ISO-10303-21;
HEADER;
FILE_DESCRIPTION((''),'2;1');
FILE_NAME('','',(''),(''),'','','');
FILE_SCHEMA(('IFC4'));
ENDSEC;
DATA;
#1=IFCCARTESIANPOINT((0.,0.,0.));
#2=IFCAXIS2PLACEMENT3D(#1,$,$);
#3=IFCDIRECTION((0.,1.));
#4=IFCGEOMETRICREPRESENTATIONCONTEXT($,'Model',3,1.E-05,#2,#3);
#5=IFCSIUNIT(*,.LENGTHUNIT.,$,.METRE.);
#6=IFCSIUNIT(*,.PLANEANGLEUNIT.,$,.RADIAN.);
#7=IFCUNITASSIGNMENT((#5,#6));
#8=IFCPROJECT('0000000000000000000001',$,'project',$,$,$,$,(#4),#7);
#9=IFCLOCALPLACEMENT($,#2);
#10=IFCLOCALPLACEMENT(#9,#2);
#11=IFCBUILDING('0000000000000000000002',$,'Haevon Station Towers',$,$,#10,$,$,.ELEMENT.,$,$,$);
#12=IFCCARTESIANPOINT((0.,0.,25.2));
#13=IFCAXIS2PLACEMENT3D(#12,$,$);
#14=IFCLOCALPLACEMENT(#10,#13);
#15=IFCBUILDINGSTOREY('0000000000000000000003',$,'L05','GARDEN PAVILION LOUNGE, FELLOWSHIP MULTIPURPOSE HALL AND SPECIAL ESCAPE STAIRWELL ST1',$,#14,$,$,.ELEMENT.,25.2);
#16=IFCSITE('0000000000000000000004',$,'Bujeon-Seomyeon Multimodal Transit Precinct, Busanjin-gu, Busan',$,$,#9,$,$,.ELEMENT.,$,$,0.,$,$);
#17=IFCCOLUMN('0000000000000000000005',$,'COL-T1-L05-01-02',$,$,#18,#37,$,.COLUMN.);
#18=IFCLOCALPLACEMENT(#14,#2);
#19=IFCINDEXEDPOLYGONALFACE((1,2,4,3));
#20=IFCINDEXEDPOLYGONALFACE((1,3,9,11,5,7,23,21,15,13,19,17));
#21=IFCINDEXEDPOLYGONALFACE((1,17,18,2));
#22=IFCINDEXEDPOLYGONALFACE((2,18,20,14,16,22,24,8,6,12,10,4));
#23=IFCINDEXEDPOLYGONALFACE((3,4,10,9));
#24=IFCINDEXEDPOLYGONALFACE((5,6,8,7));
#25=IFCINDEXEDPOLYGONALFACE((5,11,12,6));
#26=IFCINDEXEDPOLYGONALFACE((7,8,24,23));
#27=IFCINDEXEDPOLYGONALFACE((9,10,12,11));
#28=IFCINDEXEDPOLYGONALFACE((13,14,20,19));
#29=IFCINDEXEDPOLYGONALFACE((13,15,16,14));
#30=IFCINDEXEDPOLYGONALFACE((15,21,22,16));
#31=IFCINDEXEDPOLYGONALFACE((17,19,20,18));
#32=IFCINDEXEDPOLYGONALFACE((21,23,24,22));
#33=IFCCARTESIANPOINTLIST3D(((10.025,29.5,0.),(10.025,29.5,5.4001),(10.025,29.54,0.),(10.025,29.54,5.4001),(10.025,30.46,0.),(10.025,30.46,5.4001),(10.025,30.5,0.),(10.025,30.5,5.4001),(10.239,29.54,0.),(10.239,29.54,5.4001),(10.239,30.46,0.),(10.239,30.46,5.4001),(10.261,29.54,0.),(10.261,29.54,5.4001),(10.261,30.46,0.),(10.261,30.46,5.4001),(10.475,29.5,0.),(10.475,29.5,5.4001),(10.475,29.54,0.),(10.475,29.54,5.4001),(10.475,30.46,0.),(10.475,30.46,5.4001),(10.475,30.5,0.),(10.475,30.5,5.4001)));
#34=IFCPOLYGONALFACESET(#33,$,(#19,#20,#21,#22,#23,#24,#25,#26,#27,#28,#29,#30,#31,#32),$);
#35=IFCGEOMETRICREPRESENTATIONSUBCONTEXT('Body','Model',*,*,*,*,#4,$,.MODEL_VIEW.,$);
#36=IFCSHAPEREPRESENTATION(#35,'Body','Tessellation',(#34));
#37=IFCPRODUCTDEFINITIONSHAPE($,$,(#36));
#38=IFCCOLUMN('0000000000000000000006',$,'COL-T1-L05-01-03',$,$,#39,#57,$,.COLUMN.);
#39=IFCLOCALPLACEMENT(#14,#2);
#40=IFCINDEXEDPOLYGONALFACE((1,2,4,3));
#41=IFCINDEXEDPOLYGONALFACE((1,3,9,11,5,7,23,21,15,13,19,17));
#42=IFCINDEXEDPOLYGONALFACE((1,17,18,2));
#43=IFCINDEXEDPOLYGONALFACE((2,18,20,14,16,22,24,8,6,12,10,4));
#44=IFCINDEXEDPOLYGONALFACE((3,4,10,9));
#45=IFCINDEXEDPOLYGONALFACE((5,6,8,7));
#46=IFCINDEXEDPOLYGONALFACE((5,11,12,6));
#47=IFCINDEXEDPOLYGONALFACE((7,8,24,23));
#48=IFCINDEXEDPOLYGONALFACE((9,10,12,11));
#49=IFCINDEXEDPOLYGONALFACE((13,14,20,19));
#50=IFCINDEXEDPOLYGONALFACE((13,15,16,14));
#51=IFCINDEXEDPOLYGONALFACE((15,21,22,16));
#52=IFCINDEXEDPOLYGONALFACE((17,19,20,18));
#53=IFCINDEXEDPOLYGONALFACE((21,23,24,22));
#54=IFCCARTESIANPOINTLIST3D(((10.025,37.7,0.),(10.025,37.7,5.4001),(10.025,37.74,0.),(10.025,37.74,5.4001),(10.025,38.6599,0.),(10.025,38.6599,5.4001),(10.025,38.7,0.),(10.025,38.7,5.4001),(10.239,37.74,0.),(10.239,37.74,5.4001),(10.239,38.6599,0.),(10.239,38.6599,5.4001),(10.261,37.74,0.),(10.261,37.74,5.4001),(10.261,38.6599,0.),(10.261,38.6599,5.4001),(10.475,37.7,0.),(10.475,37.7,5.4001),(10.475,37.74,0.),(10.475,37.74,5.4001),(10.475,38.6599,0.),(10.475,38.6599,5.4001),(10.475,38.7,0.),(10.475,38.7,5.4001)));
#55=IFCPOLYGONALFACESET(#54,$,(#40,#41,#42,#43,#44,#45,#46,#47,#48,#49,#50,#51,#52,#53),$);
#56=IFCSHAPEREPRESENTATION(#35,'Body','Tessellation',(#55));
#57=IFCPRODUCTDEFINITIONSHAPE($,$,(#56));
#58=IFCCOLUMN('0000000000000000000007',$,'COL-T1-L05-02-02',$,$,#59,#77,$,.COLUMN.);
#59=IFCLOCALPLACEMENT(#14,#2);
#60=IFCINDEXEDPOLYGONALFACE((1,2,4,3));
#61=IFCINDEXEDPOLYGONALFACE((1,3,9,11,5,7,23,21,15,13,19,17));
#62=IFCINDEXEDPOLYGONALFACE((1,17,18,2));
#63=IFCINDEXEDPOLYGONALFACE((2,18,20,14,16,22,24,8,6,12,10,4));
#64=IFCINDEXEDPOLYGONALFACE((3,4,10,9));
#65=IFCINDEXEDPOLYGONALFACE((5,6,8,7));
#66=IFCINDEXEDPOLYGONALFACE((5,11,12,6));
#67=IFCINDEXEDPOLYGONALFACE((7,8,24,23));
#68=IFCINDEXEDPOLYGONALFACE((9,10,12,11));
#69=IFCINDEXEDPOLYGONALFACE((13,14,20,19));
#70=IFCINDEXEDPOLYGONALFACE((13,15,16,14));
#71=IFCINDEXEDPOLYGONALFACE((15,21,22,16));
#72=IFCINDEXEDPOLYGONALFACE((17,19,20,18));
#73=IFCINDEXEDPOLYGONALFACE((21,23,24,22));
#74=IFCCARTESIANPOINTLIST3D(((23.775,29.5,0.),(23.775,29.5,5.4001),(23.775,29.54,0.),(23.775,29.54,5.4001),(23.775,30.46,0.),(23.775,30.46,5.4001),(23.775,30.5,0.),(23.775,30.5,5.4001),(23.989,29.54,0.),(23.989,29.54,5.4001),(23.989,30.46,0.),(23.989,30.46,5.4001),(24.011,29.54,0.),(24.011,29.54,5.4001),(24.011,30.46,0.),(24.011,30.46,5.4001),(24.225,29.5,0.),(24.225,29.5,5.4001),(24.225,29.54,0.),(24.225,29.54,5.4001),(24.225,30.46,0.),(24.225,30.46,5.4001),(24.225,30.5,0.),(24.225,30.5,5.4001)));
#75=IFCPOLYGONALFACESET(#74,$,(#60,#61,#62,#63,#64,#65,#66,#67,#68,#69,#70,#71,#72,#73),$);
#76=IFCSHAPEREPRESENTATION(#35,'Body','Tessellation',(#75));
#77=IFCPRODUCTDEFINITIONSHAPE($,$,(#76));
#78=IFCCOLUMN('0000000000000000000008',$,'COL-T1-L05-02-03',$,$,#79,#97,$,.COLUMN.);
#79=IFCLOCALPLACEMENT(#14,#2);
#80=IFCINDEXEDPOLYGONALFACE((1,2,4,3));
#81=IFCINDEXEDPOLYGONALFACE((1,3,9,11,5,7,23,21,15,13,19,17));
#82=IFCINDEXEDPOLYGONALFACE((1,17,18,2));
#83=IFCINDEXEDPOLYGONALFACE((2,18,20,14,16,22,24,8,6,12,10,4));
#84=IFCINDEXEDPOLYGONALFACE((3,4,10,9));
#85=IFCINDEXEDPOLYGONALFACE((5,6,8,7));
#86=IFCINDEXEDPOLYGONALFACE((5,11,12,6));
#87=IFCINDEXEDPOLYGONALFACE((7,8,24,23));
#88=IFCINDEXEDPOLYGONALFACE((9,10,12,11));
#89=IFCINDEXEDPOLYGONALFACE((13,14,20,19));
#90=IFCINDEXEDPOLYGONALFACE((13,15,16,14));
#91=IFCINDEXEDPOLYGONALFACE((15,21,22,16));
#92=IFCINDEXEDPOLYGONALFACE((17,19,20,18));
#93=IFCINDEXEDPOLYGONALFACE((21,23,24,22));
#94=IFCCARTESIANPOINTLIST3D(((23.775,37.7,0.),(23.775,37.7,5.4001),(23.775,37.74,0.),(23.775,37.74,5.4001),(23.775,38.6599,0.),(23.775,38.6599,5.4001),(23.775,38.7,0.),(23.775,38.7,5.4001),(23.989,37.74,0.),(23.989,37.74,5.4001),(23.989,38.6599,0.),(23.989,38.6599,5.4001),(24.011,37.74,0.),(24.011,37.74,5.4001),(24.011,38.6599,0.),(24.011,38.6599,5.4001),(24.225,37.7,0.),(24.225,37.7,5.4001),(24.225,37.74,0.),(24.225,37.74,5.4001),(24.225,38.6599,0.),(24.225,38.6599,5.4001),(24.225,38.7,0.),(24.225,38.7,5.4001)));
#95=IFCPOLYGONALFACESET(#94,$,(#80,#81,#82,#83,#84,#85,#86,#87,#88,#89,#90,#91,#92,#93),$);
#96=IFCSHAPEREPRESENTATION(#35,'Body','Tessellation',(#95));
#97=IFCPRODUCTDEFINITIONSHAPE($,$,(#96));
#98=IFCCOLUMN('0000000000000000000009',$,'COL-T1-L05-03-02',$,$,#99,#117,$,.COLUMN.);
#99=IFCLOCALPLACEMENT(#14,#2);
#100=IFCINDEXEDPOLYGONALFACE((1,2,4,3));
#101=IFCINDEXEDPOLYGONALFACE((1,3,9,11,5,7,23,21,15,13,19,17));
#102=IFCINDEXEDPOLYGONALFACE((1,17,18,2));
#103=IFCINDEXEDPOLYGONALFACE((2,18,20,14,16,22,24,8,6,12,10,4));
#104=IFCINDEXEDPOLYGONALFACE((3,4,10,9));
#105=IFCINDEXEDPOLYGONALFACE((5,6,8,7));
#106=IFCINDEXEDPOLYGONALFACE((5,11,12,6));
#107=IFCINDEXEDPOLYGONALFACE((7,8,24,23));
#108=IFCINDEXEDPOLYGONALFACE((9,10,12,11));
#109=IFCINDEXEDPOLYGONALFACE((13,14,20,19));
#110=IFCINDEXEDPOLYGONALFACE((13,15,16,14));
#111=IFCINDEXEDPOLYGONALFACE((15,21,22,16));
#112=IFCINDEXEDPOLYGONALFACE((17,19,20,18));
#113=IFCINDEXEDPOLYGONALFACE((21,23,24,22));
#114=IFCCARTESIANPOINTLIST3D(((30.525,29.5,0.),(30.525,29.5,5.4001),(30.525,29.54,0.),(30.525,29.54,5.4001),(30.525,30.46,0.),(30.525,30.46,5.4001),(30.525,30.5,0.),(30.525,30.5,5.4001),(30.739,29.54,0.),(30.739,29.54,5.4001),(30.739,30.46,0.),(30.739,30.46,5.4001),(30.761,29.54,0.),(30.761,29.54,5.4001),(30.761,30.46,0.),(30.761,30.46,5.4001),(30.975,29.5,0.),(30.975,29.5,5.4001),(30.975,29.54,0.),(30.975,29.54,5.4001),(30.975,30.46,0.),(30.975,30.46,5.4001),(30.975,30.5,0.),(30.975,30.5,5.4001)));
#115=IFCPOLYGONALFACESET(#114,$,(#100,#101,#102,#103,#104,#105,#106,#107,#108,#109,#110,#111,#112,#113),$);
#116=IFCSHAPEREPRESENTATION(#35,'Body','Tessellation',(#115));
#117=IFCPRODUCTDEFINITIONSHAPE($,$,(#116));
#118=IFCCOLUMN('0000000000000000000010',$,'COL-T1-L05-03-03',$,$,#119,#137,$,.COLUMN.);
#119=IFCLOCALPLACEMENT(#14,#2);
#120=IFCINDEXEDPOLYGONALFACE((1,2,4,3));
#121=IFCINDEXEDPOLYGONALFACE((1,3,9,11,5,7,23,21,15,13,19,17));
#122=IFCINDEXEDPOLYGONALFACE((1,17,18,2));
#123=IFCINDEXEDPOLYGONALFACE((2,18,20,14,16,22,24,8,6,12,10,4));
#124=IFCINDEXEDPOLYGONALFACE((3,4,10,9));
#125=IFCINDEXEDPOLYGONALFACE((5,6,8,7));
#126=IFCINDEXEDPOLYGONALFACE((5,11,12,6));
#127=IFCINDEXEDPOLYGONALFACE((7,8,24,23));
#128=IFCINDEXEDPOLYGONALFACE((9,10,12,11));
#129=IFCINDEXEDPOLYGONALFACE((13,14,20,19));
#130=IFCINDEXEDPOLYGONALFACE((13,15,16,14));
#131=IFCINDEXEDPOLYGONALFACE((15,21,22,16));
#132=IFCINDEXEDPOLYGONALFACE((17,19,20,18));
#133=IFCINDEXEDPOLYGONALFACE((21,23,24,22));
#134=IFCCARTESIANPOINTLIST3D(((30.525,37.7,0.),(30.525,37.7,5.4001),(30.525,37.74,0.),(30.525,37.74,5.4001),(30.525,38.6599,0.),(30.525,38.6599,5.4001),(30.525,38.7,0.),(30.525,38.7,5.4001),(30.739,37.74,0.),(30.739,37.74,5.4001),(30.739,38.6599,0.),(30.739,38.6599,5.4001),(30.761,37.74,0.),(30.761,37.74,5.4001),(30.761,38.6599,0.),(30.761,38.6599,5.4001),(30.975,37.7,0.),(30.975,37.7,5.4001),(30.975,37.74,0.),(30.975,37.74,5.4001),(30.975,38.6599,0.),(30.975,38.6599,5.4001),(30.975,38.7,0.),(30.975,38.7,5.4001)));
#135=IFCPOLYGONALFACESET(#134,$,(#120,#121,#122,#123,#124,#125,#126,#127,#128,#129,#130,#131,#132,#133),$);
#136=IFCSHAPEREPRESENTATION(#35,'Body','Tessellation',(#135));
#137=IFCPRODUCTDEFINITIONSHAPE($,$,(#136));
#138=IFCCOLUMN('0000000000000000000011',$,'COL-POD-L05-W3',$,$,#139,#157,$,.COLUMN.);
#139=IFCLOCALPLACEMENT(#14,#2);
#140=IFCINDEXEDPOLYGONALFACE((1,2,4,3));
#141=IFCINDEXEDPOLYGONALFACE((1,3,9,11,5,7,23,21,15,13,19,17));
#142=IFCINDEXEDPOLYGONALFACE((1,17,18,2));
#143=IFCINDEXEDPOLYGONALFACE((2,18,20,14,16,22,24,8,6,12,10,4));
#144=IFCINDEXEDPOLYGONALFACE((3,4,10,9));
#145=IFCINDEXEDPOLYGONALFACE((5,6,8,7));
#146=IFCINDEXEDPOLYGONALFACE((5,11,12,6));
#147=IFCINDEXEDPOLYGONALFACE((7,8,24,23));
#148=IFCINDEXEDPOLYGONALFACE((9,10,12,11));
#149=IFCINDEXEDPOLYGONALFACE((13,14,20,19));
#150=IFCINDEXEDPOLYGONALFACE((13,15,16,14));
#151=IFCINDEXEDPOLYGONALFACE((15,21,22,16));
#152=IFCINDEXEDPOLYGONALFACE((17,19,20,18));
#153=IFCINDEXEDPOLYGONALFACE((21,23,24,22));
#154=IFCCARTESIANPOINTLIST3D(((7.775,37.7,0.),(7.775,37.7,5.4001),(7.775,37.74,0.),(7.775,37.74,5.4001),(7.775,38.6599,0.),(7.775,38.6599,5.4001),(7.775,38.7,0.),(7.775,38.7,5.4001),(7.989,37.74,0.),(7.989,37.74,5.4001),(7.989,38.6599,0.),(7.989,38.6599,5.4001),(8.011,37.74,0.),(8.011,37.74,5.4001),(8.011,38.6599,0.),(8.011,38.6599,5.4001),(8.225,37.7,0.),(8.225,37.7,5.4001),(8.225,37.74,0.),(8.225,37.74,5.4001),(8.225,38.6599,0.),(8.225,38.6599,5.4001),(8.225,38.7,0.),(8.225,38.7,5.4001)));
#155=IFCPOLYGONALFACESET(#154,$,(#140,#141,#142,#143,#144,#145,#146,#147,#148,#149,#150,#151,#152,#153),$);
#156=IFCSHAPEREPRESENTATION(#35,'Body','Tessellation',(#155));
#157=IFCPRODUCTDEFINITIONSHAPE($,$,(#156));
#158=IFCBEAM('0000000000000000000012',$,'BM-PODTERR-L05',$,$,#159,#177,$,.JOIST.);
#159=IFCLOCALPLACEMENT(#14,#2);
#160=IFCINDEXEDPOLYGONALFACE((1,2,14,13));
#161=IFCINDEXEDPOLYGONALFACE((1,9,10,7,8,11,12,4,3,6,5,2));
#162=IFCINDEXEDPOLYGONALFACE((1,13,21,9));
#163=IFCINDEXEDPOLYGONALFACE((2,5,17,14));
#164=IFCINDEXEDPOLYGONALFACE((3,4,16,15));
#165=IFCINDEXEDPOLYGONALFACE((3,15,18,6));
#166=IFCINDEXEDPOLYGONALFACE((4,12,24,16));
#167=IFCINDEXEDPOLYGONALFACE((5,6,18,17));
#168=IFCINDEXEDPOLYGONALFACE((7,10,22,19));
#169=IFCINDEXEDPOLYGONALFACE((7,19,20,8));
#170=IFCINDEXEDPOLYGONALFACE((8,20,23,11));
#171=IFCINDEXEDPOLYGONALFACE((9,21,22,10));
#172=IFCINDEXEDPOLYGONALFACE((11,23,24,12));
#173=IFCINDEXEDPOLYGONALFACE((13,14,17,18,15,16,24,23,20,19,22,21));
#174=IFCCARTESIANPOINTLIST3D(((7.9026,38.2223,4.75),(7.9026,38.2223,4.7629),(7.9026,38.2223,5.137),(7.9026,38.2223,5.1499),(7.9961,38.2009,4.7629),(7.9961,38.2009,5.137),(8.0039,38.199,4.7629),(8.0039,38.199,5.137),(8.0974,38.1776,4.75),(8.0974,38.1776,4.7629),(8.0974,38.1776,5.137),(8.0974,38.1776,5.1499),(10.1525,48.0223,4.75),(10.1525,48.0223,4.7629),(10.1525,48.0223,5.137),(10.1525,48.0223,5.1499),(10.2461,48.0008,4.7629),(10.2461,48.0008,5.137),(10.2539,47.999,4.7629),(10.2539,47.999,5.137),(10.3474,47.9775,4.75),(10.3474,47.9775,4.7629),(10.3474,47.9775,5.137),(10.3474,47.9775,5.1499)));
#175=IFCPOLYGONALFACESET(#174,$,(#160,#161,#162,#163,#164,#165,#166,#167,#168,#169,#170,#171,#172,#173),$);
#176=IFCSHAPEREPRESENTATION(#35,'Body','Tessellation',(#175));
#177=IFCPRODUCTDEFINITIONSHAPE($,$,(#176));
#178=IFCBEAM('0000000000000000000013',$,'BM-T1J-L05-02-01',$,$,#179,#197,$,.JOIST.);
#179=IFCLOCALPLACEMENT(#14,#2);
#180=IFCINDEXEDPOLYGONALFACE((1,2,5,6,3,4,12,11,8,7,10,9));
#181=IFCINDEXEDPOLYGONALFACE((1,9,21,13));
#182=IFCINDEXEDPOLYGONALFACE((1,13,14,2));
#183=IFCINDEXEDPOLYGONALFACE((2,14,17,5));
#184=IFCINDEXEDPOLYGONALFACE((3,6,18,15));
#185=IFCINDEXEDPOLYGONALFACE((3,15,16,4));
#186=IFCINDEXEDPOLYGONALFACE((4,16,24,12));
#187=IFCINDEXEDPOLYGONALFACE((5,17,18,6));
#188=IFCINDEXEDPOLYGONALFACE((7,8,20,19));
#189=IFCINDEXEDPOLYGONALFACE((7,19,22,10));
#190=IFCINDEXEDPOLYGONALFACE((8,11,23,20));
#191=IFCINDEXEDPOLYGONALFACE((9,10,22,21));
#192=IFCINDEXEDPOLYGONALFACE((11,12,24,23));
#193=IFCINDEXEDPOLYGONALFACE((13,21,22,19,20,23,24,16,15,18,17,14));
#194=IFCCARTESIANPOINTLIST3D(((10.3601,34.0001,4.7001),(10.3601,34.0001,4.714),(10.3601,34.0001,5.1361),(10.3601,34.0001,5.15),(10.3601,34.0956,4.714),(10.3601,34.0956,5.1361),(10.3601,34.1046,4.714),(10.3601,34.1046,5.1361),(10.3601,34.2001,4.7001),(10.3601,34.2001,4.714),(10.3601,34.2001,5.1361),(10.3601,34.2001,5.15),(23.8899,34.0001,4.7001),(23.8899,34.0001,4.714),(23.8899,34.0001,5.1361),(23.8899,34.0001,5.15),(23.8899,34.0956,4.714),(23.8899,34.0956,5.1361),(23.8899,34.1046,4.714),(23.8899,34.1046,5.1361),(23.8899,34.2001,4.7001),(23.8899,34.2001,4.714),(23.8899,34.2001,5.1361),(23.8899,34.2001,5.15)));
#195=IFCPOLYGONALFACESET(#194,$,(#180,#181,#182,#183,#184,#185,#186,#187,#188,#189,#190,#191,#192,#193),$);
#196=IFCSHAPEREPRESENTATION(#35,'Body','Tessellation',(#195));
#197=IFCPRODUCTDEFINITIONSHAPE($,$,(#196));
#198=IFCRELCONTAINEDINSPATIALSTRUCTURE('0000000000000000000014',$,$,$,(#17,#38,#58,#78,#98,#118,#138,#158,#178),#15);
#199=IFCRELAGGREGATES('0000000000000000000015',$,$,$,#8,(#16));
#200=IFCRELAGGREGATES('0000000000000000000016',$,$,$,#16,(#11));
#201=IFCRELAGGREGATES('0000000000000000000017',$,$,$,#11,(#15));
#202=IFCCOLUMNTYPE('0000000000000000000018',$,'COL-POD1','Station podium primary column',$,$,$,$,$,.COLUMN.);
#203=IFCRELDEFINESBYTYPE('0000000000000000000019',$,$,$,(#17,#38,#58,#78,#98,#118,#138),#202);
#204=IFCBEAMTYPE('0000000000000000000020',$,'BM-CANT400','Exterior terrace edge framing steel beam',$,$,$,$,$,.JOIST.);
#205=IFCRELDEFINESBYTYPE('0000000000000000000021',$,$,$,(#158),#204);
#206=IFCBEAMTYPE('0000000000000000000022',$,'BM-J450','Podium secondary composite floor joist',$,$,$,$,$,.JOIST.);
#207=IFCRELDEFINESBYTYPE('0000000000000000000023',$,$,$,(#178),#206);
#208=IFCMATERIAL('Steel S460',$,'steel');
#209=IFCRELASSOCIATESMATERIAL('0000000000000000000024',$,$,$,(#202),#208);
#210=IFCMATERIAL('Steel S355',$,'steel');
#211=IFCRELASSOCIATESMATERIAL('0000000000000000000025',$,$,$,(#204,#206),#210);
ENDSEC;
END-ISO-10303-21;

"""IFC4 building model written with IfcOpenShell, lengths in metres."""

from ifc_helpers import new_model, si_unit, direction, frame, origin, origin_2d, place, context, subcontext, project, spatial, i_section, extrude, material, material_profile, profile_set, type_object, element, save


model = new_model("IFC4")

# Units and contexts
model_context = context("Model", 3, precision=1e-05, world=origin(), true_north=direction((0.0, 1.0)))
body_context = subcontext(model_context, "Body", "Model", "MODEL_VIEW")
ifc_project = project(units=[si_unit("LENGTHUNIT", "METRE"), si_unit("PLANEANGLEUNIT", "RADIAN")], contexts=[model_context])

# Site, building, storey
site_placement = place(None, origin())
site = spatial("IfcSite", under=ifc_project, at=site_placement, Name="Bujeon-Seomyeon Multimodal Transit Precinct, Busanjin-gu, Busan", CompositionType="ELEMENT", RefElevation=0.0)
building_placement = place(site_placement, origin())
building = spatial("IfcBuilding", under=site, at=building_placement, Name="Haevon Station Towers", CompositionType="ELEMENT")
storey_placement = place(building_placement, frame((0.0, 0.0, 25.2)))
storey = spatial("IfcBuildingStorey", under=building, at=storey_placement, Name="L05", Description="GARDEN PAVILION LOUNGE, FELLOWSHIP MULTIPURPOSE HALL AND SPECIAL ESCAPE STAIRWELL ST1", CompositionType="ELEMENT", Elevation=25.2)

# Columns
ifc_material_1 = material(Name="Steel S460", Category="steel")
ifc_material_profile_1 = material_profile(ifc_material_1, i_section(OverallWidth=0.45, OverallDepth=1.0, WebThickness=0.022, FlangeThickness=0.04, at=origin_2d()), Name="H-1000x450x22x40")
ifc_profile_set_1 = profile_set([ifc_material_profile_1], Name="Steel S460")
column_type = type_object("IfcColumnType", Name="COL-POD1", Description="Station podium primary column", PredefinedType="COLUMN", material=ifc_profile_set_1)
for number, where, z_axis, x_axis, name in (
    (1, (10.25, 30.0, 0.0), (0.0, 0.0, 1.0), (1.0, 0.0, 0.0), "COL-T1-L05-01-02"),
    (2, (10.25, 38.2, 0.0), (0.0, 0.0, 1.0), (1.0, 0.0, 0.0), "COL-T1-L05-01-03"),
    (3, (24.0, 30.0, 0.0), (0.0, 0.0, 1.0), (1.0, 0.0, 0.0), "COL-T1-L05-02-02"),
    (4, (24.0, 38.2, 0.0), (0.0, 0.0, 1.0), (1.0, 0.0, 0.0), "COL-T1-L05-02-03"),
    (5, (30.75, 30.0, 0.0), (0.0, 0.0, 1.0), (1.0, 0.0, 0.0), "COL-T1-L05-03-02"),
    (6, (30.75, 38.2, 0.0), (0.0, 0.0, 1.0), (1.0, 0.0, 0.0), "COL-T1-L05-03-03"),
    (7, (8.0, 38.2, 0.0), (0.0, 0.0, 1.0), (1.0, 0.0, 0.0), "COL-POD-L05-W3"),
):
    element("IfcColumn", number, at=place(storey_placement, frame(where, z_axis=z_axis, x_axis=x_axis)), inside=storey, type_object=column_type, Name=name, PredefinedType="COLUMN", context=body_context, shape_type="SweptSolid", body=[
        extrude(i_section(OverallWidth=0.45, OverallDepth=1.0, WebThickness=0.022, FlangeThickness=0.04, at=origin_2d()), origin(), (0.0, 0.0, 1.0), 5.4001),
    ])

# Beams
ifc_material_2 = material(Name="Steel S355", Category="steel")
ifc_material_profile_2 = material_profile(ifc_material_2, i_section(OverallWidth=0.2, OverallDepth=0.3999, WebThickness=0.0081, FlangeThickness=0.0129, at=origin_2d()), Name="H-400x200x8x13")
ifc_profile_set_2 = profile_set([ifc_material_profile_2], Name="Steel S355")
beam_type_1 = type_object("IfcBeamType", Name="BM-CANT400", Description="Exterior terrace edge framing steel beam", PredefinedType="JOIST", material=ifc_profile_set_2)
beam_1_placement = place(storey_placement, frame((8.0, 38.2, 4.95), z_axis=(0.223769, 0.974642, 0.0), x_axis=(-0.974642, 0.223769, 0.0)))
element("IfcBeam", 8, at=beam_1_placement, inside=storey, type_object=beam_type_1, Name="BM-PODTERR-L05", PredefinedType="JOIST", context=body_context, shape_type="SweptSolid", body=[
    extrude(i_section(OverallWidth=0.2, OverallDepth=0.3999, WebThickness=0.0081, FlangeThickness=0.0129, at=origin_2d()), origin(), (0.0, 0.0, 1.0), 10.0549),
])
ifc_material_profile_3 = material_profile(ifc_material_2, i_section(OverallWidth=0.2, OverallDepth=0.45, WebThickness=0.009, FlangeThickness=0.0139, at=origin_2d()), Name="H-450x200x9x14")
ifc_profile_set_3 = profile_set([ifc_material_profile_3], Name="Steel S355")
beam_type_2 = type_object("IfcBeamType", Name="BM-J450", Description="Podium secondary composite floor joist", PredefinedType="JOIST", material=ifc_profile_set_3)
beam_2_placement = place(storey_placement, frame((10.3601, 34.1001, 4.925), z_axis=(1.0, 0.0, 0.0), x_axis=(0.0, 1.0, 0.0)))
element("IfcBeam", 9, at=beam_2_placement, inside=storey, type_object=beam_type_2, Name="BM-T1J-L05-02-01", PredefinedType="JOIST", context=body_context, shape_type="SweptSolid", body=[
    extrude(i_section(OverallWidth=0.2, OverallDepth=0.45, WebThickness=0.009, FlangeThickness=0.0139, at=origin_2d()), origin(), (0.0, 0.0, 1.0), 13.5298),
])

save(model, "model.ifc")
